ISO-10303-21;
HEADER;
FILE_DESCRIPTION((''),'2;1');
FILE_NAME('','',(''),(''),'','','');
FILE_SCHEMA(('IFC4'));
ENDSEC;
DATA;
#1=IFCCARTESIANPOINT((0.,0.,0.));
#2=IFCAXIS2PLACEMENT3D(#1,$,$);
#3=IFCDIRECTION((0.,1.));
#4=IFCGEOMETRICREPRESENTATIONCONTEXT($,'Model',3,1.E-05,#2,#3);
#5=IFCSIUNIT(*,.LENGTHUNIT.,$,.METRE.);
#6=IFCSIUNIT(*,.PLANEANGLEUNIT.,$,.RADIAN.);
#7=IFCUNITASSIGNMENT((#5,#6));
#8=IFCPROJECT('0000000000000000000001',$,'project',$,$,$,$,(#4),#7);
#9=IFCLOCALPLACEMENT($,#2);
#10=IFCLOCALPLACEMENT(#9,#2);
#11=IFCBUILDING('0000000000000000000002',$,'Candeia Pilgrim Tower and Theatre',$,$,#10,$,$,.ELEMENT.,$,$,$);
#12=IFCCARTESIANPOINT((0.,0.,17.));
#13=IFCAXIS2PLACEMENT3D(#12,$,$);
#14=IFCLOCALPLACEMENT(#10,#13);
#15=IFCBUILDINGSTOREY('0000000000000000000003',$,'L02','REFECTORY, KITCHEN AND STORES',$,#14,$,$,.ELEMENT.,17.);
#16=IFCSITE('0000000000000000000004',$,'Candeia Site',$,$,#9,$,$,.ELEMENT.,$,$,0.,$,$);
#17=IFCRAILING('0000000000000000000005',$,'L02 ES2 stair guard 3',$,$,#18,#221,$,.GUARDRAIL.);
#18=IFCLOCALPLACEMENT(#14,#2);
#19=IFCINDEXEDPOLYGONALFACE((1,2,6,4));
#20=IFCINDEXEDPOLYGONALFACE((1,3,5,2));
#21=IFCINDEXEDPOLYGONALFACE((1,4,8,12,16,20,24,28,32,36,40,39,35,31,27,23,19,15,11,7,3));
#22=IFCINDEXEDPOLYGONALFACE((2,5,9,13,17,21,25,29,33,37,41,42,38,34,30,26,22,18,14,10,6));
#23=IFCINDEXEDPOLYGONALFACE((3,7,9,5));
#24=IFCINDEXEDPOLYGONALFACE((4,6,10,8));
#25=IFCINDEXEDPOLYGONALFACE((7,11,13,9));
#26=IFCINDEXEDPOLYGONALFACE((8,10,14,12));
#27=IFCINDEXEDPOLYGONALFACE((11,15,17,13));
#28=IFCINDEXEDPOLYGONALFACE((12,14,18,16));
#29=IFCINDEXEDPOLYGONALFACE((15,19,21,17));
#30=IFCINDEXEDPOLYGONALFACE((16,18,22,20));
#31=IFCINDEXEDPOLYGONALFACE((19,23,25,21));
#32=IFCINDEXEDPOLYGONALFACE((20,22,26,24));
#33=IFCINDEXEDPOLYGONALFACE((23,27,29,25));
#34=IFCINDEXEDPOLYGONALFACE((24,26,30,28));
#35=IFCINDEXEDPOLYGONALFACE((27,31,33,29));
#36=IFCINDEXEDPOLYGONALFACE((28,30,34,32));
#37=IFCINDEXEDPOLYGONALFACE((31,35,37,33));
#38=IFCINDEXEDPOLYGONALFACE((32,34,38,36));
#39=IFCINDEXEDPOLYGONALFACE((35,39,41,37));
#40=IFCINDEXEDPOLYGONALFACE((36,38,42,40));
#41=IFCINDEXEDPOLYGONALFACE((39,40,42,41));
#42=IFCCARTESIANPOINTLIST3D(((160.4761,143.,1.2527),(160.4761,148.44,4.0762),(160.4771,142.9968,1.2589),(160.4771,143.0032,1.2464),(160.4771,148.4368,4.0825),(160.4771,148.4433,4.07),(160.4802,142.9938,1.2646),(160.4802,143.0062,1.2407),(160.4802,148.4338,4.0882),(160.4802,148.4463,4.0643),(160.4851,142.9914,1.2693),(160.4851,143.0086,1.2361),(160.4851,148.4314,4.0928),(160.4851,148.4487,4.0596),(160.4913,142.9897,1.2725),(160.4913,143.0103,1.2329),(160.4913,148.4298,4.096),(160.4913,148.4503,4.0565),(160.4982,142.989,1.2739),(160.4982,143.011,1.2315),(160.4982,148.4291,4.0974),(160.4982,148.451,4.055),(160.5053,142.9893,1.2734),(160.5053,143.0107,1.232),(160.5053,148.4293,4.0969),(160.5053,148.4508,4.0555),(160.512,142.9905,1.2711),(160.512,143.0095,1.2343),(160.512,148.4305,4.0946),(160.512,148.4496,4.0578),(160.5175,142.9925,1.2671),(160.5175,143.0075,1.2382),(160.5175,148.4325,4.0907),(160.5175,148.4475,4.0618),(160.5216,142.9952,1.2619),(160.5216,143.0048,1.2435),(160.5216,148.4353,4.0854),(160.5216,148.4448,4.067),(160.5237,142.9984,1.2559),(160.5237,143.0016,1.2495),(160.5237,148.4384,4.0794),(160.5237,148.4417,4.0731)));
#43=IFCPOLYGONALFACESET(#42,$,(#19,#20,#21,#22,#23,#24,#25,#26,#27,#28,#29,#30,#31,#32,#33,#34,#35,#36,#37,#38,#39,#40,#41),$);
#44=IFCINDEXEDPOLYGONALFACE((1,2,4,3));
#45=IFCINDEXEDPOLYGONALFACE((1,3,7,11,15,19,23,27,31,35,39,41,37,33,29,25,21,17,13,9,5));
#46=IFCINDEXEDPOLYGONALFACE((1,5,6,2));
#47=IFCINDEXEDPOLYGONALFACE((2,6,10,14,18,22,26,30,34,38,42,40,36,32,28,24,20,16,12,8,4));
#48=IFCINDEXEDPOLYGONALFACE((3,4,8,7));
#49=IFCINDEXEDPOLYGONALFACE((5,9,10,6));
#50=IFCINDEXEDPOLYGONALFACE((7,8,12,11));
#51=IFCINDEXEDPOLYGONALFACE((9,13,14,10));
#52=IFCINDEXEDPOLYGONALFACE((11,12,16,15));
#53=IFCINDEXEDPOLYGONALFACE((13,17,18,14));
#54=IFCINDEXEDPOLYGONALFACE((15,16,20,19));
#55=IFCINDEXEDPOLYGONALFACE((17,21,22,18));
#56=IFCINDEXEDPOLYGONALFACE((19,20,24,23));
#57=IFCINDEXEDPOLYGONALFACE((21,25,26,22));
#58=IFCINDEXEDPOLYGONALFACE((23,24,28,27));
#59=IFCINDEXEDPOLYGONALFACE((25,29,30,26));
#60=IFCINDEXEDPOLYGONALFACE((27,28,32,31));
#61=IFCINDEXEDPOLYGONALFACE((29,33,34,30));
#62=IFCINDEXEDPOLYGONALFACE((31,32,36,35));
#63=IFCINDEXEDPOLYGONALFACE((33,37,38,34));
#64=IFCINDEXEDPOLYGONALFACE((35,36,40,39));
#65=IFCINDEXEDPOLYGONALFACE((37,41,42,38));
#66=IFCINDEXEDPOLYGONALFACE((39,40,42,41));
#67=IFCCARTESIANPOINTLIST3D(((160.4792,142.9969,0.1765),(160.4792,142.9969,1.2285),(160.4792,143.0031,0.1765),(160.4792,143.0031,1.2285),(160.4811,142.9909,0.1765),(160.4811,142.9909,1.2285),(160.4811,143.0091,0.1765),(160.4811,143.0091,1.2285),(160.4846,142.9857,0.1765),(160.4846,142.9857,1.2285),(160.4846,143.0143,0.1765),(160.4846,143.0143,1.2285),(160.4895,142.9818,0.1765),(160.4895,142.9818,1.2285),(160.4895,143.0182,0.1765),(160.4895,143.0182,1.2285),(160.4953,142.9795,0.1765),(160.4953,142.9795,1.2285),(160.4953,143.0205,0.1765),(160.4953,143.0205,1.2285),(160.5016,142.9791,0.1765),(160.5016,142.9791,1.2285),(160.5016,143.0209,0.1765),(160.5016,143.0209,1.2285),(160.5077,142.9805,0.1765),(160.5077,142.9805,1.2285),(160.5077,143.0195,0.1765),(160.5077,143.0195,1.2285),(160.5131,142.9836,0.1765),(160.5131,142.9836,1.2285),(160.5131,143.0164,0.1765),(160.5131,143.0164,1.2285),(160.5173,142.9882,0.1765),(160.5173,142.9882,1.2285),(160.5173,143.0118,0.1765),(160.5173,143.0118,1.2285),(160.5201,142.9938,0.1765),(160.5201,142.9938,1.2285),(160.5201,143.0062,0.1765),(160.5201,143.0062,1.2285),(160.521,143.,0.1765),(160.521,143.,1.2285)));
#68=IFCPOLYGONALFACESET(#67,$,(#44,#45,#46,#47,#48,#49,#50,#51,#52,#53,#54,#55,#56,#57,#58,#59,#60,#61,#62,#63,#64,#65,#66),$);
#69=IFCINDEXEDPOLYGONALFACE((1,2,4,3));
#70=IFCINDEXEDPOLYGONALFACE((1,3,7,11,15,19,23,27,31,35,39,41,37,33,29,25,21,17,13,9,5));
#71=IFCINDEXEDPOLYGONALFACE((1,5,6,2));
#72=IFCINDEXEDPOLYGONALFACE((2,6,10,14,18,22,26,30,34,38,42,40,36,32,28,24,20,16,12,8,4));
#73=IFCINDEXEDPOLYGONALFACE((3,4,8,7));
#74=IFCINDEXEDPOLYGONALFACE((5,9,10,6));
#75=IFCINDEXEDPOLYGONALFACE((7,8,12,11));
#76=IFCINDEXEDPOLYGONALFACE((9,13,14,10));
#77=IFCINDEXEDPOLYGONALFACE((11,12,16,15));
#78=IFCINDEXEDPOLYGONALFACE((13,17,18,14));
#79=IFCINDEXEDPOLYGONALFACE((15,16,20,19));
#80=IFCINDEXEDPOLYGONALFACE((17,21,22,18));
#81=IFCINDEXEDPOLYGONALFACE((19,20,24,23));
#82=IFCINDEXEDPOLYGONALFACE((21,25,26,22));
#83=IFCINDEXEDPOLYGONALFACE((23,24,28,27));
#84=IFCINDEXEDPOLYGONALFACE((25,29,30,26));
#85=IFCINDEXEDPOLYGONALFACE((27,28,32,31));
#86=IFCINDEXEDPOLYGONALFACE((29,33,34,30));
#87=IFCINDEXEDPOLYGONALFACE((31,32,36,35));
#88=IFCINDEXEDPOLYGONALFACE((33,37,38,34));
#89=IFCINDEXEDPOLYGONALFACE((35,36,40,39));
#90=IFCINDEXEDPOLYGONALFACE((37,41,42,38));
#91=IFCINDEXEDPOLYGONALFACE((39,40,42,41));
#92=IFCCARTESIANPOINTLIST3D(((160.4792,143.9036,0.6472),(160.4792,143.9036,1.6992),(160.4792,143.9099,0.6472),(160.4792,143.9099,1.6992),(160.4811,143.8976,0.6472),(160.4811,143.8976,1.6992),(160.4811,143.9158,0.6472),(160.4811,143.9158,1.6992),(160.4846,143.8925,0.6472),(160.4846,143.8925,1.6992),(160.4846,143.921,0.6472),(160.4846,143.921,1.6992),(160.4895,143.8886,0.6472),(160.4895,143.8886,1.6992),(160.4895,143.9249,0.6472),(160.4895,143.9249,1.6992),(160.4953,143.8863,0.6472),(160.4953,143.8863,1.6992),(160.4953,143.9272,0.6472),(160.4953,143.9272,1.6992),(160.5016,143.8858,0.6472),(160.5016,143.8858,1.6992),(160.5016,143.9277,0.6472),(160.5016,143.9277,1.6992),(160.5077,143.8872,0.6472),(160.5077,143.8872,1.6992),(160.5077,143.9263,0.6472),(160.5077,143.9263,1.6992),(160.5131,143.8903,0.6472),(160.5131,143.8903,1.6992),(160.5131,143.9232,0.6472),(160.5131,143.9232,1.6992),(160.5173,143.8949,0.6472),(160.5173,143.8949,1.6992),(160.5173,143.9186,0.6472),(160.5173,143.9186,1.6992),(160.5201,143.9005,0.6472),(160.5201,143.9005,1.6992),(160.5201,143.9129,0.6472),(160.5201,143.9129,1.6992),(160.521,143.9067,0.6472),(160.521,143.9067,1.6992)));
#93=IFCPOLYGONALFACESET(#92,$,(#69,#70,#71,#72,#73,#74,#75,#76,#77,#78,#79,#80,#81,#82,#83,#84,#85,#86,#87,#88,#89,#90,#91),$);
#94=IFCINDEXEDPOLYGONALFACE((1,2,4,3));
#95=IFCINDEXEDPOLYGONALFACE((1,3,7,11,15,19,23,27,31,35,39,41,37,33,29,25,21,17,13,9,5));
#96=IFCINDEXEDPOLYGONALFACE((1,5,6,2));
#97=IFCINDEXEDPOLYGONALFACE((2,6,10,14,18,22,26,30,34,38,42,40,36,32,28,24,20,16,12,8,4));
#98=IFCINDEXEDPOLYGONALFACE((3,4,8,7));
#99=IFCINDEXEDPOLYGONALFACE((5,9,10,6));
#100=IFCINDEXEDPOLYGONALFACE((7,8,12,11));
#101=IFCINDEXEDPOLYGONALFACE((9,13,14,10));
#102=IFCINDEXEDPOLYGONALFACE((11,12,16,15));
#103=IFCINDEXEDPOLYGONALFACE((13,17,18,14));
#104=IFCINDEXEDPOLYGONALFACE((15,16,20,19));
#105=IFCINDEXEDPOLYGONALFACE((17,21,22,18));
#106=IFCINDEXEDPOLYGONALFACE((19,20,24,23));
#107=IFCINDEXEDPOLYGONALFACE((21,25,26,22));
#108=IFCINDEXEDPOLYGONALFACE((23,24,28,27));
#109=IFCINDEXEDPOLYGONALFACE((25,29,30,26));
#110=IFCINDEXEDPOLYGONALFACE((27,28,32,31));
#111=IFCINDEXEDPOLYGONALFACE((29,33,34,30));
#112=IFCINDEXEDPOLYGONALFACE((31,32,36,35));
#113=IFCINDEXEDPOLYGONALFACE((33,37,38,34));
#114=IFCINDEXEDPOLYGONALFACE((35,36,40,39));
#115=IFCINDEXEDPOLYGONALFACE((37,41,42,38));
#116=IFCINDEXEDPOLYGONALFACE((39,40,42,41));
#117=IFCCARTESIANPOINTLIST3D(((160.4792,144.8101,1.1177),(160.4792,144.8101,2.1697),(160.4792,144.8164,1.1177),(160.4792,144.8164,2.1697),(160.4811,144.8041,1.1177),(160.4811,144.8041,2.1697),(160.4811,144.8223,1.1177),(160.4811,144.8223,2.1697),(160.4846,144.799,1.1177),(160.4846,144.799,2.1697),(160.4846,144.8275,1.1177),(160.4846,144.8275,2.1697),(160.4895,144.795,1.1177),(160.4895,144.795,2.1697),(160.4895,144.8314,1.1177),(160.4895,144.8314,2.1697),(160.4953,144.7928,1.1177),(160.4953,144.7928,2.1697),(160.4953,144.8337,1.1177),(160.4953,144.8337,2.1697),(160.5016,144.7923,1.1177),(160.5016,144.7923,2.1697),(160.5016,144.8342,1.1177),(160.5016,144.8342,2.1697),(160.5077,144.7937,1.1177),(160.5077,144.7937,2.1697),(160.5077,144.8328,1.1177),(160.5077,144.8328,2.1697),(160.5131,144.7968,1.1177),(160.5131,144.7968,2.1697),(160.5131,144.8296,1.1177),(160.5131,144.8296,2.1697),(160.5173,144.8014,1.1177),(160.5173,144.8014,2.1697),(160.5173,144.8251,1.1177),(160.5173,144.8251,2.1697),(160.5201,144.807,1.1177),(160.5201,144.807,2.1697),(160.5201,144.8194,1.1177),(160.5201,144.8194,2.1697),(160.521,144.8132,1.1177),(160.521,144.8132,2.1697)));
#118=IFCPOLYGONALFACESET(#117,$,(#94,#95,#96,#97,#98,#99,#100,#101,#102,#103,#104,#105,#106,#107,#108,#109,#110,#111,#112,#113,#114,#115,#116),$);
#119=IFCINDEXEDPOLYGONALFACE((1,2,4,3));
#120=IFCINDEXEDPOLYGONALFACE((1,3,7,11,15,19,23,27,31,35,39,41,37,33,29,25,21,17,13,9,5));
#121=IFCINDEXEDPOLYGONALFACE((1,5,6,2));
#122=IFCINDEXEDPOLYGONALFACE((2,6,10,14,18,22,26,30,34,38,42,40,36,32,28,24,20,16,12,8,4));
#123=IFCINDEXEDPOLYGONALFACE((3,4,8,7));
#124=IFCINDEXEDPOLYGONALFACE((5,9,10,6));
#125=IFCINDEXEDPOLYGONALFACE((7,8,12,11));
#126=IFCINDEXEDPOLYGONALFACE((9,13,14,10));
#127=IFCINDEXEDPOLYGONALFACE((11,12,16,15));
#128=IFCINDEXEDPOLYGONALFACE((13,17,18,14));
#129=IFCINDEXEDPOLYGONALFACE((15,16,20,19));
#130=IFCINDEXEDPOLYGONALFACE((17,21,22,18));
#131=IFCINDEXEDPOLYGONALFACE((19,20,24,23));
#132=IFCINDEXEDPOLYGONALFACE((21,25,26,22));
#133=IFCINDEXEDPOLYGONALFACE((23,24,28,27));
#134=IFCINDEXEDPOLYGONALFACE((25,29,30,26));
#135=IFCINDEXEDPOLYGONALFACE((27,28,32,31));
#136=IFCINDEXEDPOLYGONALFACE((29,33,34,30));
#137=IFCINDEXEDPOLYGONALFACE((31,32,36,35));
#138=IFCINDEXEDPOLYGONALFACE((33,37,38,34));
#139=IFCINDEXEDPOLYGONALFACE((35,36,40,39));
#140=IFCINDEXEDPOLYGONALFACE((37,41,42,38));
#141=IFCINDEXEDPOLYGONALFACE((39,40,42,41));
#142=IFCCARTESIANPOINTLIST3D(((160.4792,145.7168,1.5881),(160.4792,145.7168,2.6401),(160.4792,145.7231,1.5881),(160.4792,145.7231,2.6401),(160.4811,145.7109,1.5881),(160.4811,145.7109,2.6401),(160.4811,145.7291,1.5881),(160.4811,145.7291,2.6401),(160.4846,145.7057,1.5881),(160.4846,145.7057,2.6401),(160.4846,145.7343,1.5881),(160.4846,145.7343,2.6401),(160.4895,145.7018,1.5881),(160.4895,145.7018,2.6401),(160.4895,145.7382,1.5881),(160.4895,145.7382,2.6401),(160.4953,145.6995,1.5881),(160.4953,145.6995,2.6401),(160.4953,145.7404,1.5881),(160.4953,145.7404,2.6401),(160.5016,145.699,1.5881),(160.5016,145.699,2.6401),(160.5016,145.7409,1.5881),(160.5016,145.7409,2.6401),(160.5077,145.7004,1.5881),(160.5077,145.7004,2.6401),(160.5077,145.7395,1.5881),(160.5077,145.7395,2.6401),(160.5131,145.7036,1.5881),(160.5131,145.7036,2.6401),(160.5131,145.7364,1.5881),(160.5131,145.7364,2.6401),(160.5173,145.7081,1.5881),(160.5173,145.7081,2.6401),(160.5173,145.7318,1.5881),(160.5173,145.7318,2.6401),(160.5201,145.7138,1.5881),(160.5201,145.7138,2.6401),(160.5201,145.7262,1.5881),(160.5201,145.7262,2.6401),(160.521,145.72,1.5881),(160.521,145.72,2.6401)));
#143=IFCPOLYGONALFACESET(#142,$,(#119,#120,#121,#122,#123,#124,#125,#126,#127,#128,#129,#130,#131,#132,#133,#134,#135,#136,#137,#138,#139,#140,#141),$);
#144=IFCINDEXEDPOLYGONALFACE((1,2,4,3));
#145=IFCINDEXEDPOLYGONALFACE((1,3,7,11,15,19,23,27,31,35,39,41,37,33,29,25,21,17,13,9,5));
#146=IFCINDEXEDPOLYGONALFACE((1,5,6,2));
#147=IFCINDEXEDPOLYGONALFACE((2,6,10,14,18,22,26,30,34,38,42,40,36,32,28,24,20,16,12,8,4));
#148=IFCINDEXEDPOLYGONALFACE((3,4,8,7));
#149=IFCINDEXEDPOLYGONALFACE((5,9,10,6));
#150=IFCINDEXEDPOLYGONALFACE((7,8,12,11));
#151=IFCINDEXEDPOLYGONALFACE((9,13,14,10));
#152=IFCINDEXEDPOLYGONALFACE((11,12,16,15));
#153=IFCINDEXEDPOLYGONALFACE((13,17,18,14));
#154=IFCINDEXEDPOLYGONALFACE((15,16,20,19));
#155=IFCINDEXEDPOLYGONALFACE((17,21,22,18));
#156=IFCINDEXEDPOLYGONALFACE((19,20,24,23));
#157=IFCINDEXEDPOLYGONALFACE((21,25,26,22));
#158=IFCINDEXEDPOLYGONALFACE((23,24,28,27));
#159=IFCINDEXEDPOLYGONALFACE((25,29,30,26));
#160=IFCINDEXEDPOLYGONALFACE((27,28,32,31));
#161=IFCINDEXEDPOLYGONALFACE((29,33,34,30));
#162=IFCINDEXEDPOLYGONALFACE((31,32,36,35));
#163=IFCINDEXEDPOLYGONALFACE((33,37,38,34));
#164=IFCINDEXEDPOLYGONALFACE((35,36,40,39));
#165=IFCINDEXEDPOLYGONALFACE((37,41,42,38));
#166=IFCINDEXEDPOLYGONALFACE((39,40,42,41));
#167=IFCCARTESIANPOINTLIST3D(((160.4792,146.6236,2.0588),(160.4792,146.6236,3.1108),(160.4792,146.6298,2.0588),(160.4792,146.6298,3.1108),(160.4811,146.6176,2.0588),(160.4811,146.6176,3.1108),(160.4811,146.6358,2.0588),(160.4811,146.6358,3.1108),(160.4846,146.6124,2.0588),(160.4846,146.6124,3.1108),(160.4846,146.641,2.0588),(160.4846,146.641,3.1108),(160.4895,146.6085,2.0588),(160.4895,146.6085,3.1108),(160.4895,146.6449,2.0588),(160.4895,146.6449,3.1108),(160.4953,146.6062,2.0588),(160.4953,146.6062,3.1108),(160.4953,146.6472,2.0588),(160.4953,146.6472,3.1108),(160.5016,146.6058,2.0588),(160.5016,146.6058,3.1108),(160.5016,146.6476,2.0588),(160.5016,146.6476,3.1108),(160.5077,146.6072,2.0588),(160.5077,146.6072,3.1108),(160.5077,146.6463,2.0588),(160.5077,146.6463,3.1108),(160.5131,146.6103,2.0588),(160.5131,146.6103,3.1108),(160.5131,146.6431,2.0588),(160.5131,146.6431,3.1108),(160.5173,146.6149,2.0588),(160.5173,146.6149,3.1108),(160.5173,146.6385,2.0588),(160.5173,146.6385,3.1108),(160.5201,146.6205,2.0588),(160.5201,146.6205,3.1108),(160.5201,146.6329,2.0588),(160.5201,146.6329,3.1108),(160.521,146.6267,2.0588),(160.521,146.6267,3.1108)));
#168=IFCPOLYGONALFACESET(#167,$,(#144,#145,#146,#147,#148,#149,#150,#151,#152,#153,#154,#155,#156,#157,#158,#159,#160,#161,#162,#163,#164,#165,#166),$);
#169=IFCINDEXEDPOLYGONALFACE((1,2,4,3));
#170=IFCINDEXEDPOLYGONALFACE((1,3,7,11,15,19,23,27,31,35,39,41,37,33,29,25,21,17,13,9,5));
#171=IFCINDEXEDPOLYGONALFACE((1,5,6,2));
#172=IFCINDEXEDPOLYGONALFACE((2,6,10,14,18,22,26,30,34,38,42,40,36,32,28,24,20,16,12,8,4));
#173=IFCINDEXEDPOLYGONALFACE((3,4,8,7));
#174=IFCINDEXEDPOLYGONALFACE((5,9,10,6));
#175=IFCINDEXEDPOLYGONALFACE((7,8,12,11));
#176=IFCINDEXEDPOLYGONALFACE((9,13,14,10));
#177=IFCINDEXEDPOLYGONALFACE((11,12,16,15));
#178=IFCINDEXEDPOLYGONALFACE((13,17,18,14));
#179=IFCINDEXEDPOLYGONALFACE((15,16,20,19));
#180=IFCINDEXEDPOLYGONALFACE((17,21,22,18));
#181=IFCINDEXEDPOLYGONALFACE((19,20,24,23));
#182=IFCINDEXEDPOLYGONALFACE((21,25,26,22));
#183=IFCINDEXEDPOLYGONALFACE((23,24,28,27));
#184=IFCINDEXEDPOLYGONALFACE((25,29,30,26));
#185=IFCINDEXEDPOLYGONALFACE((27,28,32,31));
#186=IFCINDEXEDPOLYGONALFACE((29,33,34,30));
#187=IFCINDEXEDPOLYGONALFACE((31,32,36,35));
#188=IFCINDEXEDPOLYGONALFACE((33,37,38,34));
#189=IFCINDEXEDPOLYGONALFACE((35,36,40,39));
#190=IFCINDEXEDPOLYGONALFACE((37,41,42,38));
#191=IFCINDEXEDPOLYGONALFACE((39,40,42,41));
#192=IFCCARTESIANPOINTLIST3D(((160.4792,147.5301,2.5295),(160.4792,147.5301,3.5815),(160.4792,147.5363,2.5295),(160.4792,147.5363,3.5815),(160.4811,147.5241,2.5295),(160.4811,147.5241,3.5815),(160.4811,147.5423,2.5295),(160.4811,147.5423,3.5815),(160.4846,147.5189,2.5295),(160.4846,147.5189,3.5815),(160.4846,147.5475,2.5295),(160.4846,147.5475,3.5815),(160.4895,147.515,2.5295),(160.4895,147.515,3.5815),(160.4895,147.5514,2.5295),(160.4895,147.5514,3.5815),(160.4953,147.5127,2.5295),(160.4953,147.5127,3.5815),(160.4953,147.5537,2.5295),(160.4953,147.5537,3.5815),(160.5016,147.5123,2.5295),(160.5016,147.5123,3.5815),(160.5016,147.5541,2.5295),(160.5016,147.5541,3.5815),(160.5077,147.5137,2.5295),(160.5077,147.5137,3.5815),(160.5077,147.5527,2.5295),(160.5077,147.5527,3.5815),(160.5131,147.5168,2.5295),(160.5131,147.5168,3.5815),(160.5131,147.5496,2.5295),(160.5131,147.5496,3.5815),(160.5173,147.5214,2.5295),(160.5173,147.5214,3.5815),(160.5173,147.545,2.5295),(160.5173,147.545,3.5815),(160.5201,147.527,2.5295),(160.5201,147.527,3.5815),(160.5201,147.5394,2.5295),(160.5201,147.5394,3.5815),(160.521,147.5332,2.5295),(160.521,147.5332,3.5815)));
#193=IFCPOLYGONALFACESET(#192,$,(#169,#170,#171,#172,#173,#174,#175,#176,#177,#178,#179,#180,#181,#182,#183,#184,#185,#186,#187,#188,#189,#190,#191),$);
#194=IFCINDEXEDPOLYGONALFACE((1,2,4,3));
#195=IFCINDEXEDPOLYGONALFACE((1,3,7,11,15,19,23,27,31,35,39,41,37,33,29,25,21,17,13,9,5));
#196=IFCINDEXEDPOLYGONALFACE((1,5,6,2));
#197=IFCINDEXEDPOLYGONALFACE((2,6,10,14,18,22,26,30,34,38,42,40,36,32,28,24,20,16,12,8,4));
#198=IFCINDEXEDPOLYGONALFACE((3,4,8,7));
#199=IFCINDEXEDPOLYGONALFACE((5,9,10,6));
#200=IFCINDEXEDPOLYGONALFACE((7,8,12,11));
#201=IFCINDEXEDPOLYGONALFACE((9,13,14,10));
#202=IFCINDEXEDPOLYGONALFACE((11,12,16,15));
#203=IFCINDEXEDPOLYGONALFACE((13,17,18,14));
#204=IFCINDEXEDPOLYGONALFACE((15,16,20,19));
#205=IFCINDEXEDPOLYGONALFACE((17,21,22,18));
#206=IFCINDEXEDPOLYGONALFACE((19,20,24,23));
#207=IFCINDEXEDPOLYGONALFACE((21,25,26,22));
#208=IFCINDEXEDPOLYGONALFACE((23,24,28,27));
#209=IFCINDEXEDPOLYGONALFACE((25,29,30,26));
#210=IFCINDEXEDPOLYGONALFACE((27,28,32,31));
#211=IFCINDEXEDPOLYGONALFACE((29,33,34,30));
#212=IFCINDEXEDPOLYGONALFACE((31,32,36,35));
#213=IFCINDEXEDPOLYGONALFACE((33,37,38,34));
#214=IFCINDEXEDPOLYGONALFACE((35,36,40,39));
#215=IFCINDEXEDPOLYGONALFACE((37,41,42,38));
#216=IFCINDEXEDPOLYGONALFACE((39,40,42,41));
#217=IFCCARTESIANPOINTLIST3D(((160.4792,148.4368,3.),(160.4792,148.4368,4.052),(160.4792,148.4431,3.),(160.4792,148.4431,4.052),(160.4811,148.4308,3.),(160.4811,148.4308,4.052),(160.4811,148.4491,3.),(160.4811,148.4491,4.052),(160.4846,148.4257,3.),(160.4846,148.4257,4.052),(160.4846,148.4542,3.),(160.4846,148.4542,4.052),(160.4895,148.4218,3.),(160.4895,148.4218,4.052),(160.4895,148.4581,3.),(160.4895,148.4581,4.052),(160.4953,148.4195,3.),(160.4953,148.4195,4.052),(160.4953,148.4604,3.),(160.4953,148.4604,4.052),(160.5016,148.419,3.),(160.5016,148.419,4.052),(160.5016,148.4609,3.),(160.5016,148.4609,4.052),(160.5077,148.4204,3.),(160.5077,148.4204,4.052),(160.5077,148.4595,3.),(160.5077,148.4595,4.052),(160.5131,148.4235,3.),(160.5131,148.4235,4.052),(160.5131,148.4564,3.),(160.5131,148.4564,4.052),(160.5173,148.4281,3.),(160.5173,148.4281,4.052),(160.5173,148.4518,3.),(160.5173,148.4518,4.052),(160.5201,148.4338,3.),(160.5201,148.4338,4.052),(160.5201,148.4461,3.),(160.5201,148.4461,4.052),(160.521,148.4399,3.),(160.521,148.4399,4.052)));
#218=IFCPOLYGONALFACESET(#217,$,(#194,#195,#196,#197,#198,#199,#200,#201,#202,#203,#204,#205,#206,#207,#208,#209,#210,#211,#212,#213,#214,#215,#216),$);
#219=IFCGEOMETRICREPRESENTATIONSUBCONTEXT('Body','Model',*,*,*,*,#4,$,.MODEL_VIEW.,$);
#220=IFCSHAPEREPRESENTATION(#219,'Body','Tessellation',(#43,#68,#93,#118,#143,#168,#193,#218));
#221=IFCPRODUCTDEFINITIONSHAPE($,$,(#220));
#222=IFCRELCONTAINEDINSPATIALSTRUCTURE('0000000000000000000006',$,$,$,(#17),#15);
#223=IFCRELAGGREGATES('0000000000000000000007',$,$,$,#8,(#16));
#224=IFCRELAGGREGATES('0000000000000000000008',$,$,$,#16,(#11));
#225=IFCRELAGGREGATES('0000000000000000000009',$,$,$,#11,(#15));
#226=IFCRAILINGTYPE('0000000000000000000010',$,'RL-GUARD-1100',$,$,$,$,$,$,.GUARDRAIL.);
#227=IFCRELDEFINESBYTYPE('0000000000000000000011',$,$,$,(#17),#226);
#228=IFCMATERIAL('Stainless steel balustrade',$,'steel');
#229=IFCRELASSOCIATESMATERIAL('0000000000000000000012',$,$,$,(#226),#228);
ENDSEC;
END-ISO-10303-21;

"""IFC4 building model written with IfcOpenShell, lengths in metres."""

from ifc_helpers import new_model, si_unit, direction, frame, origin, origin_2d, place, context, subcontext, project, spatial, circle, extrude, material, type_object, element, save


model = new_model("IFC4")

# Units and contexts
model_context = context("Model", 3, precision=1e-05, world=origin(), true_north=direction((0.0, 1.0)))
body_context = subcontext(model_context, "Body", "Model", "MODEL_VIEW")
ifc_project = project(units=[si_unit("LENGTHUNIT", "METRE"), si_unit("PLANEANGLEUNIT", "RADIAN")], contexts=[model_context])

# Site, building, storey
site_placement = place(None, origin())
site = spatial("IfcSite", under=ifc_project, at=site_placement, Name="Candeia Site", CompositionType="ELEMENT", RefElevation=0.0)
building_placement = place(site_placement, origin())
building = spatial("IfcBuilding", under=site, at=building_placement, Name="Candeia Pilgrim Tower and Theatre", CompositionType="ELEMENT")
storey_placement = place(building_placement, frame((0.0, 0.0, 17.0)))
storey = spatial("IfcBuildingStorey", under=building, at=storey_placement, Name="L02", Description="REFECTORY, KITCHEN AND STORES", CompositionType="ELEMENT", Elevation=17.0)

# Railing
ifc_material_1 = material(Name="Stainless steel balustrade", Category="steel")
railing_type_1 = type_object("IfcRailingType", Name="RL-GUARD-1100", PredefinedType="GUARDRAIL", material=ifc_material_1)
railing_1_placement = place(storey_placement, frame((160.5, 143.0, 0.1765)))
element("IfcRailing", 1, at=railing_1_placement, inside=storey, type_object=railing_type_1, Name="L02 ES2 stair guard 3", PredefinedType="GUARDRAIL", context=body_context, shape_type="SweptSolid", body=[
    extrude(circle(Radius=0.0239, at=origin_2d()), frame((0.0, 0.0, 1.0762), z_axis=(0.0, 0.887569, 0.460674), x_axis=(-1.0, 0.0, 0.0)), (0.0, 0.0, 1.0), 6.1292),
    extrude(circle(Radius=0.021, at=origin_2d()), origin(), (0.0, 0.0, 1.0), 1.052),
    extrude(circle(Radius=0.021, at=origin_2d()), frame((0.0, 0.9067, 0.4707)), (0.0, 0.0, 1.0), 1.052),
    extrude(circle(Radius=0.021, at=origin_2d()), frame((0.0, 1.8132, 0.9412)), (0.0, 0.0, 1.0), 1.052),
    extrude(circle(Radius=0.021, at=origin_2d()), frame((0.0, 2.72, 1.4116)), (0.0, 0.0, 1.0), 1.052),
    extrude(circle(Radius=0.021, at=origin_2d()), frame((0.0, 3.6267, 1.8823)), (0.0, 0.0, 1.0), 1.052),
    extrude(circle(Radius=0.021, at=origin_2d()), frame((0.0, 4.5332, 2.353)), (0.0, 0.0, 1.0), 1.052),
    extrude(circle(Radius=0.021, at=origin_2d()), frame((0.0, 5.4399, 2.8235)), (0.0, 0.0, 1.0), 1.052),
])

save(model, "model.ifc")
